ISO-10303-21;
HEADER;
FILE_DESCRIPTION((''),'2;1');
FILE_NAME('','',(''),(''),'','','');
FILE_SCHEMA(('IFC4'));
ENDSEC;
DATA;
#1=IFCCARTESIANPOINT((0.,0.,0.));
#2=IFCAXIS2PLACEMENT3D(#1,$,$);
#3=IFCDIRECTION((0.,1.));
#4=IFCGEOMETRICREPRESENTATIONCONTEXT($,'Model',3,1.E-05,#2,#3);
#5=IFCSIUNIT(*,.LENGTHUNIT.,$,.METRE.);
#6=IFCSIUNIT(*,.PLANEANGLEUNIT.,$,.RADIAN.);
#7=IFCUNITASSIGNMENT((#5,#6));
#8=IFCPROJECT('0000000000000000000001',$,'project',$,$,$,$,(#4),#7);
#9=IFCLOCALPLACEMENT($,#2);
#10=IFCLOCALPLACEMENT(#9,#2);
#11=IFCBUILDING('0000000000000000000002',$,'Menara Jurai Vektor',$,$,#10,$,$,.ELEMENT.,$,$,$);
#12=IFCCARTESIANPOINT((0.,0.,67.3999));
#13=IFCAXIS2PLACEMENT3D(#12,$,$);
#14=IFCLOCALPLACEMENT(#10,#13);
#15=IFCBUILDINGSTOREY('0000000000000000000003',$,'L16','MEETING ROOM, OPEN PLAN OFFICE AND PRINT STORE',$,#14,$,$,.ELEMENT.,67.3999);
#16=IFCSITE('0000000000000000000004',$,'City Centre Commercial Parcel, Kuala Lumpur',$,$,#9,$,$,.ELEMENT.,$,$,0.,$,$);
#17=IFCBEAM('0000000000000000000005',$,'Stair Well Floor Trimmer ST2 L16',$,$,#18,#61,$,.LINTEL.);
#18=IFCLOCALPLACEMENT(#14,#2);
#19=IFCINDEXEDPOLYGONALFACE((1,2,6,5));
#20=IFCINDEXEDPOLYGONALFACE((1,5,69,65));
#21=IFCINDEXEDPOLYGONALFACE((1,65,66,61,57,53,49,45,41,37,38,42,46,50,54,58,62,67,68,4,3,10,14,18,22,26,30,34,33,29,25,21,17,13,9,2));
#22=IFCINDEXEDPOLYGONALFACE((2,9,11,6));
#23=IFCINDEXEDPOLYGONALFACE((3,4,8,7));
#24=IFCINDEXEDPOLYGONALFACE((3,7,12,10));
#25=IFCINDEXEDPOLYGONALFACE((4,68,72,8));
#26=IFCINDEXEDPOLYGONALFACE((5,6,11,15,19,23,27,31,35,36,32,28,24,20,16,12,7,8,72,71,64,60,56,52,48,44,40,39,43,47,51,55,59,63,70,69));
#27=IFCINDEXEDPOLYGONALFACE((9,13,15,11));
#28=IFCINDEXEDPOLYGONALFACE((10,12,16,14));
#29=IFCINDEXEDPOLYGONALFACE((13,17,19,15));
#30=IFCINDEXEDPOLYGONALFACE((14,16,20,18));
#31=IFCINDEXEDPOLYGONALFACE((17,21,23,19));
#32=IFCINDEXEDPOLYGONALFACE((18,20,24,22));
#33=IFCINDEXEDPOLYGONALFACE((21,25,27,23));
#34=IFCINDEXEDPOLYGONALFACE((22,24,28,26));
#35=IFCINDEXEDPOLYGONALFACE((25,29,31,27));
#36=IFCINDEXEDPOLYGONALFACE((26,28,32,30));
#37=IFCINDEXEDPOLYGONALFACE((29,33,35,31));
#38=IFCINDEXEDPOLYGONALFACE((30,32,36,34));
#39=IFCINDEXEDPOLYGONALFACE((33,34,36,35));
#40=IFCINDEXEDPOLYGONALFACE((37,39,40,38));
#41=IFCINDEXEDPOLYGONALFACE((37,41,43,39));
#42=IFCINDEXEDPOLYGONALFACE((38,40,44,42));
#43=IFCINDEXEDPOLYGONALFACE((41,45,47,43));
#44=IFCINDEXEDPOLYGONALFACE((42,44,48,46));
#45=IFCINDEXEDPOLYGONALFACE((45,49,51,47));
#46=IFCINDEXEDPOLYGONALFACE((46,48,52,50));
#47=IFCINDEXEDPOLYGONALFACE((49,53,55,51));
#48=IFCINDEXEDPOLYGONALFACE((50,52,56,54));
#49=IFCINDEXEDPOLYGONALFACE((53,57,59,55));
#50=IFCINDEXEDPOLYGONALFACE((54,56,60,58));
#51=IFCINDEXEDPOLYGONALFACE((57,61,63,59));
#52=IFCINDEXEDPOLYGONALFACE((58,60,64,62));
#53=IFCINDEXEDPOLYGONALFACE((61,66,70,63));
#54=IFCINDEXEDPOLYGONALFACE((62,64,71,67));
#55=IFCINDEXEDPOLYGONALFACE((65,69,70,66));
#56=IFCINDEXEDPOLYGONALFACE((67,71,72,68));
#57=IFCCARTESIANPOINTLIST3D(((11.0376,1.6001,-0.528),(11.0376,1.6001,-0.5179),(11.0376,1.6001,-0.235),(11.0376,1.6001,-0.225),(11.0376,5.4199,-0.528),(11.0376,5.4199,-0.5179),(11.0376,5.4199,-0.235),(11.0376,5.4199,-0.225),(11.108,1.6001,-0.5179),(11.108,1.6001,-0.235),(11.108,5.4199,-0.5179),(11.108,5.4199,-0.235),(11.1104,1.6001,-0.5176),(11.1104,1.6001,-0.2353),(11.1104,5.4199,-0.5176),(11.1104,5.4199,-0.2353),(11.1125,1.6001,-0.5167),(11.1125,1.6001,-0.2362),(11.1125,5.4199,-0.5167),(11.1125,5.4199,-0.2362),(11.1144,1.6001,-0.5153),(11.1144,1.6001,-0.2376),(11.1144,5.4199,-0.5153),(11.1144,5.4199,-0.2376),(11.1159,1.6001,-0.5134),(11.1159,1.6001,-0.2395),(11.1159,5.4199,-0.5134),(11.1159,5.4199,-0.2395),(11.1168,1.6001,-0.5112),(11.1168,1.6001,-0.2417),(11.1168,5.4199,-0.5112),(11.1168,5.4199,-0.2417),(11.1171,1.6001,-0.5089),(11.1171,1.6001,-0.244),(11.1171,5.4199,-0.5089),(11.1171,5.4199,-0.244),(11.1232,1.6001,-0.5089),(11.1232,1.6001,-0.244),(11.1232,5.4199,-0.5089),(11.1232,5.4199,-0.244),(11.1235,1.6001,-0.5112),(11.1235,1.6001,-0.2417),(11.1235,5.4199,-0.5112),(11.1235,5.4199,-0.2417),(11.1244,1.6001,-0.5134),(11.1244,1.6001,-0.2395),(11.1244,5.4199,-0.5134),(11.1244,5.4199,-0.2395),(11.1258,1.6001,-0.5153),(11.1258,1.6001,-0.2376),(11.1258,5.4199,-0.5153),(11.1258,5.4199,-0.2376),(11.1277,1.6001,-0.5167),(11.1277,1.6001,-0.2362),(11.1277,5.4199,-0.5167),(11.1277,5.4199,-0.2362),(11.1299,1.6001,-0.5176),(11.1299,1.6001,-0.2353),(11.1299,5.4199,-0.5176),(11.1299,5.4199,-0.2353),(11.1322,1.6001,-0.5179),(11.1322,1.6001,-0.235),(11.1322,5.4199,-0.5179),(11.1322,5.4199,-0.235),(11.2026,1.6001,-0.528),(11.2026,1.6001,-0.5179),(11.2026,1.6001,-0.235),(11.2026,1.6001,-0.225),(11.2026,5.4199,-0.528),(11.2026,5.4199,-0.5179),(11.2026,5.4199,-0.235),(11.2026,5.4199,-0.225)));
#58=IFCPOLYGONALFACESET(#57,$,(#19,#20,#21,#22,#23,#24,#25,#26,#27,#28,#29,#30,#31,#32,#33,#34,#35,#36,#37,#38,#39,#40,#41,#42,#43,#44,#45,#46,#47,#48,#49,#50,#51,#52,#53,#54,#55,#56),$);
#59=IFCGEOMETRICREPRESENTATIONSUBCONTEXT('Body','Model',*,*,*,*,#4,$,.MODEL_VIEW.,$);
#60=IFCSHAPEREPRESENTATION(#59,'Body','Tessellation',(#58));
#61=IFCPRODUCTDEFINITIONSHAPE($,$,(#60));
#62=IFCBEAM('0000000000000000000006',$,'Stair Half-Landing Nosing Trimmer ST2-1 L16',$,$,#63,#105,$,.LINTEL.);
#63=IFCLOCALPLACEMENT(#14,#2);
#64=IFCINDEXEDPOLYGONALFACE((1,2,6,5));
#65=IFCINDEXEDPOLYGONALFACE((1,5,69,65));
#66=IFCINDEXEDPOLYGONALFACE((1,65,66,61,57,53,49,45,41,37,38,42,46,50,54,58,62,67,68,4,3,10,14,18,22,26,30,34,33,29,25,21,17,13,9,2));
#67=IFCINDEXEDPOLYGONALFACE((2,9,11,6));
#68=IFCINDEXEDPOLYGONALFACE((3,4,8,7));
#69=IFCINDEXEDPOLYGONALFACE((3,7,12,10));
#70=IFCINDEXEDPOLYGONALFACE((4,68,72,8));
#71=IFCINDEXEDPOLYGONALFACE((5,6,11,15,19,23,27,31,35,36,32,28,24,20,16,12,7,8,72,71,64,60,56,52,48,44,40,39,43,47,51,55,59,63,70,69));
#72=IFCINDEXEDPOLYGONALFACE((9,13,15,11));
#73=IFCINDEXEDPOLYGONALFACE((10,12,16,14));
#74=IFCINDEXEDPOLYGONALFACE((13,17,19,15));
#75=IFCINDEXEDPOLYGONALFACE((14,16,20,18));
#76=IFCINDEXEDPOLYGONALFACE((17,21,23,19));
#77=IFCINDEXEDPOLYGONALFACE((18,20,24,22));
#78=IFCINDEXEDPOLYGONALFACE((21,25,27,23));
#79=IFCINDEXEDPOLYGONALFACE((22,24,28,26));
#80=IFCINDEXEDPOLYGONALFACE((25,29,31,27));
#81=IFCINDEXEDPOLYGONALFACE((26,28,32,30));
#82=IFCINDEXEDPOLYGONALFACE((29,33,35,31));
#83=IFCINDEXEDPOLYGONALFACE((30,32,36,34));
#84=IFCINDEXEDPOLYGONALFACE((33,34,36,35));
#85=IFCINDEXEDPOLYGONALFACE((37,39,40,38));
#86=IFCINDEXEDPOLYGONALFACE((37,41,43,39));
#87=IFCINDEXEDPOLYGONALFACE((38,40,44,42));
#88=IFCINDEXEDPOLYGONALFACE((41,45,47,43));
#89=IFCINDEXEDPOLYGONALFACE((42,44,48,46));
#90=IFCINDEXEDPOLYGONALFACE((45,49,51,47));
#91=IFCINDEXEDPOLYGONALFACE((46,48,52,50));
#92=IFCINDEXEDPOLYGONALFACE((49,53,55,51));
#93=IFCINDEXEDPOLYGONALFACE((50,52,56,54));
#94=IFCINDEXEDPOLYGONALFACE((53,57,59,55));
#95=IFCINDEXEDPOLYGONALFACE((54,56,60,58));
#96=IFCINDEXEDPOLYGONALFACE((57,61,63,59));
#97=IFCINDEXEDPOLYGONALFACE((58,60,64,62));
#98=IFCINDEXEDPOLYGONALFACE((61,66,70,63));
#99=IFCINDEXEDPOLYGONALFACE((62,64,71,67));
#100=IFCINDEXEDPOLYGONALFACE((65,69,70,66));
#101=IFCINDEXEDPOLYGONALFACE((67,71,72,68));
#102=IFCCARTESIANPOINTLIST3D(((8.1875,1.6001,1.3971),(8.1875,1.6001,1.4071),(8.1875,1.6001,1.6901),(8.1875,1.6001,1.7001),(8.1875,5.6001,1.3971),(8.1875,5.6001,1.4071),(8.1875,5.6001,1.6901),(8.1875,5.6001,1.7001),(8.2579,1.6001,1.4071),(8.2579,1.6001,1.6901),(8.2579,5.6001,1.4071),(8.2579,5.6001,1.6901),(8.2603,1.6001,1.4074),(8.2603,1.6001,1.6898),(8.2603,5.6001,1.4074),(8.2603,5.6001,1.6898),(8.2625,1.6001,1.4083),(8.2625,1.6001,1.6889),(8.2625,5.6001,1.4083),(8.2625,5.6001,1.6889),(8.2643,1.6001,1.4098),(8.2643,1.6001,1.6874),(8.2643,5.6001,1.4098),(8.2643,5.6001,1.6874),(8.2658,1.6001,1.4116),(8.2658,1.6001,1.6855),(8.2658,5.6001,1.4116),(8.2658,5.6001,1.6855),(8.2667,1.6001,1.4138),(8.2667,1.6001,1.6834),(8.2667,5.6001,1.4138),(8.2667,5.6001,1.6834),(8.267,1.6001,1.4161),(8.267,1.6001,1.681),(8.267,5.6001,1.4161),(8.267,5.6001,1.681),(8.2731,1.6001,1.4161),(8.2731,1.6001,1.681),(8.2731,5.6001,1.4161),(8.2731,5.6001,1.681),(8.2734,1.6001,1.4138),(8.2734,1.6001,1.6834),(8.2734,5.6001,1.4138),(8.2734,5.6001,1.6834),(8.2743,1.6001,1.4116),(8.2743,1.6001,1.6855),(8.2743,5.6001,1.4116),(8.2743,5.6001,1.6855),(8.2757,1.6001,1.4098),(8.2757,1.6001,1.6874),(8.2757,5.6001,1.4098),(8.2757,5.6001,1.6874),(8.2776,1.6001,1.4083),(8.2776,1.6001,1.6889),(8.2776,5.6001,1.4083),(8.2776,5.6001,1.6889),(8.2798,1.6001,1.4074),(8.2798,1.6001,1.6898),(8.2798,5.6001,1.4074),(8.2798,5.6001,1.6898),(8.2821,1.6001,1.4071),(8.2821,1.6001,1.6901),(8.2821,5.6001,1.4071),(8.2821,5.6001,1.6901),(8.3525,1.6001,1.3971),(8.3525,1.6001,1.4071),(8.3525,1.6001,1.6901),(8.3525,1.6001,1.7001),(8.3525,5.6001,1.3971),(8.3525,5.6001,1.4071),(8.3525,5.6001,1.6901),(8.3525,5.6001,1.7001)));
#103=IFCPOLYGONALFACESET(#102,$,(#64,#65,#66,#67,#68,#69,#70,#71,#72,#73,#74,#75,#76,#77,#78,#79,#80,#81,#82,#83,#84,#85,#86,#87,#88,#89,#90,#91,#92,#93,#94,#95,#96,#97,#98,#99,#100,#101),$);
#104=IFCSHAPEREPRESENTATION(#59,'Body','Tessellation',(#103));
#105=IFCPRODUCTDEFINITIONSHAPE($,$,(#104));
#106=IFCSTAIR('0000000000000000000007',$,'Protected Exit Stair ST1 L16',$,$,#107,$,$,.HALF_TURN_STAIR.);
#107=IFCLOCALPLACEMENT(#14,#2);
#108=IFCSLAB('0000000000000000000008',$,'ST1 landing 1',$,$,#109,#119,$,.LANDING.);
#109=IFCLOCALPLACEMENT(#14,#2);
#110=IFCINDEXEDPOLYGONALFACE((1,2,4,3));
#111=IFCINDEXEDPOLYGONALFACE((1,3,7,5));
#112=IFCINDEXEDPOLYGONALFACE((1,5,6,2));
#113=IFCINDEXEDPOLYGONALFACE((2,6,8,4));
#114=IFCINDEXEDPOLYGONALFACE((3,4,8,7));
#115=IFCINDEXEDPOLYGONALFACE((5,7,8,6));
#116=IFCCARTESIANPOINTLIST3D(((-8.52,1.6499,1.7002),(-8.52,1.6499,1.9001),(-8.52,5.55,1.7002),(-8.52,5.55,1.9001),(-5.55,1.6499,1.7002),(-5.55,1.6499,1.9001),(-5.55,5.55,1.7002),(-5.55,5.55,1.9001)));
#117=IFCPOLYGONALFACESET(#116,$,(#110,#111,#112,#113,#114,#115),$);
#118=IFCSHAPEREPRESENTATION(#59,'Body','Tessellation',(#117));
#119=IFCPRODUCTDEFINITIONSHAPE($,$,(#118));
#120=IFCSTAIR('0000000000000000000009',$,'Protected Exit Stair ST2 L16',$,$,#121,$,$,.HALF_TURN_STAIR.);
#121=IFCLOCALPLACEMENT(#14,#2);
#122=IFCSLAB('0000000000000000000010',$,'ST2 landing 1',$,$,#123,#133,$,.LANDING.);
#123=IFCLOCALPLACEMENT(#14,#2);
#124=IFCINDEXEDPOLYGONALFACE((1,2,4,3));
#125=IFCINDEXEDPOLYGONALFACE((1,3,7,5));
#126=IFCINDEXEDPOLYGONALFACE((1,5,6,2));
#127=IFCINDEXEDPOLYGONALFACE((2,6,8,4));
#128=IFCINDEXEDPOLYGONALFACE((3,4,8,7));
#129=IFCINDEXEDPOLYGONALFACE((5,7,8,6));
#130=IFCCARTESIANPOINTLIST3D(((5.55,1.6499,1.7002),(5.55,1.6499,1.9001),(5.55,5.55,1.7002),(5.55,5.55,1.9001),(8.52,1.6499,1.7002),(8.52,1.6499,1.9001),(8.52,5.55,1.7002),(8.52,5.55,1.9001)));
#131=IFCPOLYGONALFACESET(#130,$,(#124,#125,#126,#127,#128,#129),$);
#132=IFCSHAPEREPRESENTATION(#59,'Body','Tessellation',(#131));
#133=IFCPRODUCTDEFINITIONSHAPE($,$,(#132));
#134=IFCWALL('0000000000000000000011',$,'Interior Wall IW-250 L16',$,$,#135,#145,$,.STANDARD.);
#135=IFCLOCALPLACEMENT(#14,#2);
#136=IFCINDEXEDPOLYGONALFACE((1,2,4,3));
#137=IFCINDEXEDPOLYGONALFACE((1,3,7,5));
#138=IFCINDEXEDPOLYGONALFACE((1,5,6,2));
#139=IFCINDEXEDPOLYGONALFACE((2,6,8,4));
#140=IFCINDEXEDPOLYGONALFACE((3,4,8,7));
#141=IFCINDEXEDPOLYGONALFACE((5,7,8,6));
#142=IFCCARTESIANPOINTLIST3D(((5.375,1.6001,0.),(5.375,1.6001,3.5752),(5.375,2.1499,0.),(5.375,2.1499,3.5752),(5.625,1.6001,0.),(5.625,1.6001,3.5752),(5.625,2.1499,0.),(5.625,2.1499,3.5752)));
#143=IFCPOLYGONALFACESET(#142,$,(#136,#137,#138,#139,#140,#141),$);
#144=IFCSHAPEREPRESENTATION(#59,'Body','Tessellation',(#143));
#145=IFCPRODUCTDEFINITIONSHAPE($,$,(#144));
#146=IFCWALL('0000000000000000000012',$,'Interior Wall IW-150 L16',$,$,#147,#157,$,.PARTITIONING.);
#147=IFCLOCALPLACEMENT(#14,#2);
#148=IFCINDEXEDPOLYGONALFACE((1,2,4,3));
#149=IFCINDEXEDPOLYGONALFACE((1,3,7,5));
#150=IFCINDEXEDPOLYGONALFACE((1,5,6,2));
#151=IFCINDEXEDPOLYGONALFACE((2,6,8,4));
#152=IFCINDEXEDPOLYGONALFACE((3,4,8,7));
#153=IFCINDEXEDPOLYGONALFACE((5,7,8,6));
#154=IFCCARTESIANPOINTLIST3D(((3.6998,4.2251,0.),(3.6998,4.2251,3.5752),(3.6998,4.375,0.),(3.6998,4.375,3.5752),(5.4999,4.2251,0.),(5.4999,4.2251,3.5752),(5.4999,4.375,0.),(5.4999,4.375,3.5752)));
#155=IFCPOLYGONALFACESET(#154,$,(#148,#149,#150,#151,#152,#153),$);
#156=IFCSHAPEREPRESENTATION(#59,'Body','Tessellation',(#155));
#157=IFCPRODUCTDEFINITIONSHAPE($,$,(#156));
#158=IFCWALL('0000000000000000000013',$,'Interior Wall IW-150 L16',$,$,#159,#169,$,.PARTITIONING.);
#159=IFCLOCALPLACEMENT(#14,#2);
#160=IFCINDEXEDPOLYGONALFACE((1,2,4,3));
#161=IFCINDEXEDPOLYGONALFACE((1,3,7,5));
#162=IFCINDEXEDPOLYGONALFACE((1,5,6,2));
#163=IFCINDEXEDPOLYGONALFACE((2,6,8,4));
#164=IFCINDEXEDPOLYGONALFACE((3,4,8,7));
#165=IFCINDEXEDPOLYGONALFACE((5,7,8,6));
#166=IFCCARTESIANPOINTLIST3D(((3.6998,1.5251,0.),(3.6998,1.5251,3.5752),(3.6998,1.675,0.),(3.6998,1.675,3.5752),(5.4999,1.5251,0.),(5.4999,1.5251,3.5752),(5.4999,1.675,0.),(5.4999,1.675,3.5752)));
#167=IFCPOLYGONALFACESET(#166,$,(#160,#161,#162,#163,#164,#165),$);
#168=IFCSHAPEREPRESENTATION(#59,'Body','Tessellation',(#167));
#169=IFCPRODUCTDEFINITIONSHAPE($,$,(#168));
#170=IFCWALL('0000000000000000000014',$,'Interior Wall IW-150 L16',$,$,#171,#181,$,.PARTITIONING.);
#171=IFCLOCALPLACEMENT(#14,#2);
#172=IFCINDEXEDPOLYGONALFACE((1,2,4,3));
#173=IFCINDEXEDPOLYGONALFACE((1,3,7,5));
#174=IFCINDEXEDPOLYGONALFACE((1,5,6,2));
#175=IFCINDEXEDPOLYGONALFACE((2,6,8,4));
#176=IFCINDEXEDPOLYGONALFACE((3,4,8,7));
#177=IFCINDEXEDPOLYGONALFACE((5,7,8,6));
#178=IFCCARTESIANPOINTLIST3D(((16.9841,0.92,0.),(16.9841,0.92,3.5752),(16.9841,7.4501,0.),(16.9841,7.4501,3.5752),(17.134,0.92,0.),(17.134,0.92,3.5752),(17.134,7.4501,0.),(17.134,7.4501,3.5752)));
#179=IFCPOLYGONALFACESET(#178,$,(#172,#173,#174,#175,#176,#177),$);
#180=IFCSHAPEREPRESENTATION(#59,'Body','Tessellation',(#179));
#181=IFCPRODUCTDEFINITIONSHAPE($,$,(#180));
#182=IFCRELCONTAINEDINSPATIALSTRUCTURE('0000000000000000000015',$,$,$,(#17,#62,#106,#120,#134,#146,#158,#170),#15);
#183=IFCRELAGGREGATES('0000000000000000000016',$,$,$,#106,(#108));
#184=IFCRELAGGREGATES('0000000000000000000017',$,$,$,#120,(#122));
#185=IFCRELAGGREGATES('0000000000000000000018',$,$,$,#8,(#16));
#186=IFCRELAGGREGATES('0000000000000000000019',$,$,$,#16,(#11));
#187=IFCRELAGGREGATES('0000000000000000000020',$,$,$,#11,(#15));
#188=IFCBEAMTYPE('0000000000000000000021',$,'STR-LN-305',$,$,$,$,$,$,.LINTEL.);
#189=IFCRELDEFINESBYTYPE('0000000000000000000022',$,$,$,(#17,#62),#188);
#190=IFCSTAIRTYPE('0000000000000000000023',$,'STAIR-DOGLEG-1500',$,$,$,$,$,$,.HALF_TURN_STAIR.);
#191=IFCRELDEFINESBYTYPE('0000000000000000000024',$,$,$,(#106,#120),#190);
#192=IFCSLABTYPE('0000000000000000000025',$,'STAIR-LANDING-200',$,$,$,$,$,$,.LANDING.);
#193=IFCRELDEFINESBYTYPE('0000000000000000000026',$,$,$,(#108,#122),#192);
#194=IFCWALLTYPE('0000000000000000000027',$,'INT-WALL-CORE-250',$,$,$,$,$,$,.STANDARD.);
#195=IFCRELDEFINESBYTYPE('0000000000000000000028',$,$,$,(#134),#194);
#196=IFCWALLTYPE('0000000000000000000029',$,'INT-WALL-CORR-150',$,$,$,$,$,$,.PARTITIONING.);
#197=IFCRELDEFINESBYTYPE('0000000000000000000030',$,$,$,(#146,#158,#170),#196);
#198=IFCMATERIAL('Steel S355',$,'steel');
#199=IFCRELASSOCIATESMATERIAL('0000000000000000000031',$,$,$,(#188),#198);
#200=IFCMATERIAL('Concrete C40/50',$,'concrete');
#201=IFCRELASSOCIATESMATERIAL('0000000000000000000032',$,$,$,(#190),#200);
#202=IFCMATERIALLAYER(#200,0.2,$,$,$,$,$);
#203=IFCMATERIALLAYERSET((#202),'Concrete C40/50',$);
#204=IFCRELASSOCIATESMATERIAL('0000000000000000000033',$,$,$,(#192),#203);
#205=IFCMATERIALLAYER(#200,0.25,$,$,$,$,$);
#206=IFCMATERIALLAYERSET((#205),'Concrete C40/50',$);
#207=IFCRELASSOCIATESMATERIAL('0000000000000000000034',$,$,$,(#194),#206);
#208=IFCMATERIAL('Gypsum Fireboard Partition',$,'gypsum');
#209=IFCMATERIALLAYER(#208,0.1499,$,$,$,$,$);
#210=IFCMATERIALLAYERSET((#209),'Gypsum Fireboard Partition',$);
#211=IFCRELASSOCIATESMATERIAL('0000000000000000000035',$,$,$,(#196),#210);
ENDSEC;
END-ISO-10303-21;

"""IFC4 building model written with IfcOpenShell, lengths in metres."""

from ifc_helpers import new_model, si_unit, direction, frame, frame_2d, origin, origin_2d, place, context, subcontext, project, spatial, polyline, rectangle, i_section, outline, extrude, material, layer, layer_set, material_profile, profile_set, type_object, element, aggregate, save


model = new_model("IFC4")

# Units and contexts
model_context = context("Model", 3, precision=1e-05, world=origin(), true_north=direction((0.0, 1.0)))
body_context = subcontext(model_context, "Body", "Model", "MODEL_VIEW")
ifc_project = project(units=[si_unit("LENGTHUNIT", "METRE"), si_unit("PLANEANGLEUNIT", "RADIAN")], contexts=[model_context])

# Site, building, storey
site_placement = place(None, origin())
site = spatial("IfcSite", under=ifc_project, at=site_placement, Name="City Centre Commercial Parcel, Kuala Lumpur", CompositionType="ELEMENT", RefElevation=0.0)
building_placement = place(site_placement, origin())
building = spatial("IfcBuilding", under=site, at=building_placement, Name="Menara Jurai Vektor", CompositionType="ELEMENT")
storey_placement = place(building_placement, frame((0.0, 0.0, 67.3999)))
storey = spatial("IfcBuildingStorey", under=building, at=storey_placement, Name="L16", Description="MEETING ROOM, OPEN PLAN OFFICE AND PRINT STORE", CompositionType="ELEMENT", Elevation=67.3999)

# Shared definitions
ifc_material_1 = material(Name="Steel S355", Category="steel")

# Beams
ifc_material_profile_1 = material_profile(ifc_material_1, i_section(OverallWidth=0.165, OverallDepth=0.303, WebThickness=0.0061, FlangeThickness=0.01, FilletRadius=0.009, at=origin_2d()), Name="UKB 305x165x40")
ifc_profile_set_1 = profile_set([ifc_material_profile_1], Name="Steel S355")
beam_type_1 = type_object("IfcBeamType", Name="STR-LN-305", PredefinedType="LINTEL", material=ifc_profile_set_1)
beam_1_placement = place(storey_placement, frame((11.1201, 1.6001, -0.3765), z_axis=(0.0, 1.0, 0.0), x_axis=(-1.0, 0.0, 0.0)))
element("IfcBeam", 1, at=beam_1_placement, inside=storey, type_object=beam_type_1, Name="Stair Well Floor Trimmer ST2 L16", PredefinedType="LINTEL", context=body_context, shape_type="SweptSolid", body=[
    extrude(i_section(OverallWidth=0.165, OverallDepth=0.303, WebThickness=0.0061, FlangeThickness=0.01, FilletRadius=0.009, at=origin_2d()), origin(), (0.0, 0.0, 1.0), 3.8198),
])
beam_2_placement = place(storey_placement, frame((8.27, 1.6001, 1.5486), z_axis=(0.0, 1.0, 0.0), x_axis=(-1.0, 0.0, 0.0)))
element("IfcBeam", 2, at=beam_2_placement, inside=storey, type_object=beam_type_1, Name="Stair Half-Landing Nosing Trimmer ST2-1 L16", PredefinedType="LINTEL", context=body_context, shape_type="SweptSolid", body=[
    extrude(i_section(OverallWidth=0.165, OverallDepth=0.303, WebThickness=0.0061, FlangeThickness=0.01, FilletRadius=0.009, at=origin_2d()), origin(), (0.0, 0.0, 1.0), 4.0),
])

# Stairs, slabs
ifc_material_2 = material(Name="Concrete C40/50", Category="concrete")
stair_type = type_object("IfcStairType", Name="STAIR-DOGLEG-1500", PredefinedType="HALF_TURN_STAIR", material=ifc_material_2)
stair_1_placement = place(storey_placement, origin())
stair_1 = element("IfcStair", 3, at=stair_1_placement, inside=storey, type_object=stair_type, Name="Protected Exit Stair ST1 L16", PredefinedType="HALF_TURN_STAIR")
ifc_layer_1 = layer(ifc_material_2, 0.2)
ifc_layer_set_1 = layer_set([ifc_layer_1], Name="Concrete C40/50")
slab_type = type_object("IfcSlabType", Name="STAIR-LANDING-200", PredefinedType="LANDING", material=ifc_layer_set_1)
slab_1_placement = place(storey_placement, frame((0.0, 0.0, 1.7002)))
slab_1 = element("IfcSlab", 4, at=slab_1_placement, type_object=slab_type, Name="ST1 landing 1", PredefinedType="LANDING", context=body_context, shape_type="SweptSolid", body=[
    extrude(outline(polyline([(-8.52, 1.6499), (-5.55, 1.6499), (-5.55, 5.55), (-8.52, 5.55), (-8.52, 1.6499)])), origin(), (0.0, 0.0, 1.0), 0.2),
])
aggregate(stair_1, [slab_1])
stair_2_placement = place(storey_placement, origin())
stair_2 = element("IfcStair", 5, at=stair_2_placement, inside=storey, type_object=stair_type, Name="Protected Exit Stair ST2 L16", PredefinedType="HALF_TURN_STAIR")
slab_2_placement = place(storey_placement, frame((0.0, 0.0, 1.7002)))
slab_2 = element("IfcSlab", 6, at=slab_2_placement, type_object=slab_type, Name="ST2 landing 1", PredefinedType="LANDING", context=body_context, shape_type="SweptSolid", body=[
    extrude(outline(polyline([(5.55, 1.6499), (8.52, 1.6499), (8.52, 5.55), (5.55, 5.55), (5.55, 1.6499)])), origin(), (0.0, 0.0, 1.0), 0.2),
])

# Shared definitions
ifc_layer_2 = layer(ifc_material_2, 0.25)
ifc_layer_set_2 = layer_set([ifc_layer_2], Name="Concrete C40/50")
wall_type_1 = type_object("IfcWallType", Name="INT-WALL-CORE-250", PredefinedType="STANDARD", material=ifc_layer_set_2)

# Walls
wall_1_placement = place(storey_placement, frame((5.5, 1.6001, 0.0), z_axis=(0.0, 0.0, 1.0), x_axis=(0.0, 1.0, 0.0)))
element("IfcWall", 7, at=wall_1_placement, inside=storey, type_object=wall_type_1, Name="Interior Wall IW-250 L16", PredefinedType="STANDARD", context=body_context, shape_type="SweptSolid", body=[
    extrude(rectangle(XDim=0.5498, YDim=0.25, at=frame_2d((0.2749, 0.0))), origin(), (0.0, 0.0, 1.0), 3.5752),
])
ifc_material_3 = material(Name="Gypsum Fireboard Partition", Category="gypsum")
ifc_layer_3 = layer(ifc_material_3, 0.1499)
ifc_layer_set_3 = layer_set([ifc_layer_3], Name="Gypsum Fireboard Partition")
wall_type_2 = type_object("IfcWallType", Name="INT-WALL-CORR-150", PredefinedType="PARTITIONING", material=ifc_layer_set_3)
for number, where, z_axis, x_axis, name in (
    (8, (3.7, 4.3, 0.0), (0.0, 0.0, 1.0), (1.0, 0.0, 0.0), "Interior Wall IW-150 L16"),
    (9, (3.7, 1.6001, 0.0), (0.0, 0.0, 1.0), (1.0, 0.0, 0.0), "Interior Wall IW-150 L16"),
):
    element("IfcWall", number, at=place(storey_placement, frame(where, z_axis=z_axis, x_axis=x_axis)), inside=storey, type_object=wall_type_2, Name=name, PredefinedType="PARTITIONING", context=body_context, shape_type="SweptSolid", body=[
        extrude(rectangle(XDim=1.8, YDim=0.1499, at=frame_2d((0.8999, 0.0))), origin(), (0.0, 0.0, 1.0), 3.5752),
    ])
wall_2_placement = place(storey_placement, frame((17.0591, 0.9199, 0.0), z_axis=(0.0, 0.0, 1.0), x_axis=(0.0, 1.0, 0.0)))
element("IfcWall", 10, at=wall_2_placement, inside=storey, type_object=wall_type_2, Name="Interior Wall IW-150 L16", PredefinedType="PARTITIONING", context=body_context, shape_type="SweptSolid", body=[
    extrude(rectangle(XDim=6.53, YDim=0.1499, at=frame_2d((3.2651, 0.0))), origin(), (0.0, 0.0, 1.0), 3.5752),
])

aggregate(stair_2, [slab_2])

save(model, "model.ifc")
